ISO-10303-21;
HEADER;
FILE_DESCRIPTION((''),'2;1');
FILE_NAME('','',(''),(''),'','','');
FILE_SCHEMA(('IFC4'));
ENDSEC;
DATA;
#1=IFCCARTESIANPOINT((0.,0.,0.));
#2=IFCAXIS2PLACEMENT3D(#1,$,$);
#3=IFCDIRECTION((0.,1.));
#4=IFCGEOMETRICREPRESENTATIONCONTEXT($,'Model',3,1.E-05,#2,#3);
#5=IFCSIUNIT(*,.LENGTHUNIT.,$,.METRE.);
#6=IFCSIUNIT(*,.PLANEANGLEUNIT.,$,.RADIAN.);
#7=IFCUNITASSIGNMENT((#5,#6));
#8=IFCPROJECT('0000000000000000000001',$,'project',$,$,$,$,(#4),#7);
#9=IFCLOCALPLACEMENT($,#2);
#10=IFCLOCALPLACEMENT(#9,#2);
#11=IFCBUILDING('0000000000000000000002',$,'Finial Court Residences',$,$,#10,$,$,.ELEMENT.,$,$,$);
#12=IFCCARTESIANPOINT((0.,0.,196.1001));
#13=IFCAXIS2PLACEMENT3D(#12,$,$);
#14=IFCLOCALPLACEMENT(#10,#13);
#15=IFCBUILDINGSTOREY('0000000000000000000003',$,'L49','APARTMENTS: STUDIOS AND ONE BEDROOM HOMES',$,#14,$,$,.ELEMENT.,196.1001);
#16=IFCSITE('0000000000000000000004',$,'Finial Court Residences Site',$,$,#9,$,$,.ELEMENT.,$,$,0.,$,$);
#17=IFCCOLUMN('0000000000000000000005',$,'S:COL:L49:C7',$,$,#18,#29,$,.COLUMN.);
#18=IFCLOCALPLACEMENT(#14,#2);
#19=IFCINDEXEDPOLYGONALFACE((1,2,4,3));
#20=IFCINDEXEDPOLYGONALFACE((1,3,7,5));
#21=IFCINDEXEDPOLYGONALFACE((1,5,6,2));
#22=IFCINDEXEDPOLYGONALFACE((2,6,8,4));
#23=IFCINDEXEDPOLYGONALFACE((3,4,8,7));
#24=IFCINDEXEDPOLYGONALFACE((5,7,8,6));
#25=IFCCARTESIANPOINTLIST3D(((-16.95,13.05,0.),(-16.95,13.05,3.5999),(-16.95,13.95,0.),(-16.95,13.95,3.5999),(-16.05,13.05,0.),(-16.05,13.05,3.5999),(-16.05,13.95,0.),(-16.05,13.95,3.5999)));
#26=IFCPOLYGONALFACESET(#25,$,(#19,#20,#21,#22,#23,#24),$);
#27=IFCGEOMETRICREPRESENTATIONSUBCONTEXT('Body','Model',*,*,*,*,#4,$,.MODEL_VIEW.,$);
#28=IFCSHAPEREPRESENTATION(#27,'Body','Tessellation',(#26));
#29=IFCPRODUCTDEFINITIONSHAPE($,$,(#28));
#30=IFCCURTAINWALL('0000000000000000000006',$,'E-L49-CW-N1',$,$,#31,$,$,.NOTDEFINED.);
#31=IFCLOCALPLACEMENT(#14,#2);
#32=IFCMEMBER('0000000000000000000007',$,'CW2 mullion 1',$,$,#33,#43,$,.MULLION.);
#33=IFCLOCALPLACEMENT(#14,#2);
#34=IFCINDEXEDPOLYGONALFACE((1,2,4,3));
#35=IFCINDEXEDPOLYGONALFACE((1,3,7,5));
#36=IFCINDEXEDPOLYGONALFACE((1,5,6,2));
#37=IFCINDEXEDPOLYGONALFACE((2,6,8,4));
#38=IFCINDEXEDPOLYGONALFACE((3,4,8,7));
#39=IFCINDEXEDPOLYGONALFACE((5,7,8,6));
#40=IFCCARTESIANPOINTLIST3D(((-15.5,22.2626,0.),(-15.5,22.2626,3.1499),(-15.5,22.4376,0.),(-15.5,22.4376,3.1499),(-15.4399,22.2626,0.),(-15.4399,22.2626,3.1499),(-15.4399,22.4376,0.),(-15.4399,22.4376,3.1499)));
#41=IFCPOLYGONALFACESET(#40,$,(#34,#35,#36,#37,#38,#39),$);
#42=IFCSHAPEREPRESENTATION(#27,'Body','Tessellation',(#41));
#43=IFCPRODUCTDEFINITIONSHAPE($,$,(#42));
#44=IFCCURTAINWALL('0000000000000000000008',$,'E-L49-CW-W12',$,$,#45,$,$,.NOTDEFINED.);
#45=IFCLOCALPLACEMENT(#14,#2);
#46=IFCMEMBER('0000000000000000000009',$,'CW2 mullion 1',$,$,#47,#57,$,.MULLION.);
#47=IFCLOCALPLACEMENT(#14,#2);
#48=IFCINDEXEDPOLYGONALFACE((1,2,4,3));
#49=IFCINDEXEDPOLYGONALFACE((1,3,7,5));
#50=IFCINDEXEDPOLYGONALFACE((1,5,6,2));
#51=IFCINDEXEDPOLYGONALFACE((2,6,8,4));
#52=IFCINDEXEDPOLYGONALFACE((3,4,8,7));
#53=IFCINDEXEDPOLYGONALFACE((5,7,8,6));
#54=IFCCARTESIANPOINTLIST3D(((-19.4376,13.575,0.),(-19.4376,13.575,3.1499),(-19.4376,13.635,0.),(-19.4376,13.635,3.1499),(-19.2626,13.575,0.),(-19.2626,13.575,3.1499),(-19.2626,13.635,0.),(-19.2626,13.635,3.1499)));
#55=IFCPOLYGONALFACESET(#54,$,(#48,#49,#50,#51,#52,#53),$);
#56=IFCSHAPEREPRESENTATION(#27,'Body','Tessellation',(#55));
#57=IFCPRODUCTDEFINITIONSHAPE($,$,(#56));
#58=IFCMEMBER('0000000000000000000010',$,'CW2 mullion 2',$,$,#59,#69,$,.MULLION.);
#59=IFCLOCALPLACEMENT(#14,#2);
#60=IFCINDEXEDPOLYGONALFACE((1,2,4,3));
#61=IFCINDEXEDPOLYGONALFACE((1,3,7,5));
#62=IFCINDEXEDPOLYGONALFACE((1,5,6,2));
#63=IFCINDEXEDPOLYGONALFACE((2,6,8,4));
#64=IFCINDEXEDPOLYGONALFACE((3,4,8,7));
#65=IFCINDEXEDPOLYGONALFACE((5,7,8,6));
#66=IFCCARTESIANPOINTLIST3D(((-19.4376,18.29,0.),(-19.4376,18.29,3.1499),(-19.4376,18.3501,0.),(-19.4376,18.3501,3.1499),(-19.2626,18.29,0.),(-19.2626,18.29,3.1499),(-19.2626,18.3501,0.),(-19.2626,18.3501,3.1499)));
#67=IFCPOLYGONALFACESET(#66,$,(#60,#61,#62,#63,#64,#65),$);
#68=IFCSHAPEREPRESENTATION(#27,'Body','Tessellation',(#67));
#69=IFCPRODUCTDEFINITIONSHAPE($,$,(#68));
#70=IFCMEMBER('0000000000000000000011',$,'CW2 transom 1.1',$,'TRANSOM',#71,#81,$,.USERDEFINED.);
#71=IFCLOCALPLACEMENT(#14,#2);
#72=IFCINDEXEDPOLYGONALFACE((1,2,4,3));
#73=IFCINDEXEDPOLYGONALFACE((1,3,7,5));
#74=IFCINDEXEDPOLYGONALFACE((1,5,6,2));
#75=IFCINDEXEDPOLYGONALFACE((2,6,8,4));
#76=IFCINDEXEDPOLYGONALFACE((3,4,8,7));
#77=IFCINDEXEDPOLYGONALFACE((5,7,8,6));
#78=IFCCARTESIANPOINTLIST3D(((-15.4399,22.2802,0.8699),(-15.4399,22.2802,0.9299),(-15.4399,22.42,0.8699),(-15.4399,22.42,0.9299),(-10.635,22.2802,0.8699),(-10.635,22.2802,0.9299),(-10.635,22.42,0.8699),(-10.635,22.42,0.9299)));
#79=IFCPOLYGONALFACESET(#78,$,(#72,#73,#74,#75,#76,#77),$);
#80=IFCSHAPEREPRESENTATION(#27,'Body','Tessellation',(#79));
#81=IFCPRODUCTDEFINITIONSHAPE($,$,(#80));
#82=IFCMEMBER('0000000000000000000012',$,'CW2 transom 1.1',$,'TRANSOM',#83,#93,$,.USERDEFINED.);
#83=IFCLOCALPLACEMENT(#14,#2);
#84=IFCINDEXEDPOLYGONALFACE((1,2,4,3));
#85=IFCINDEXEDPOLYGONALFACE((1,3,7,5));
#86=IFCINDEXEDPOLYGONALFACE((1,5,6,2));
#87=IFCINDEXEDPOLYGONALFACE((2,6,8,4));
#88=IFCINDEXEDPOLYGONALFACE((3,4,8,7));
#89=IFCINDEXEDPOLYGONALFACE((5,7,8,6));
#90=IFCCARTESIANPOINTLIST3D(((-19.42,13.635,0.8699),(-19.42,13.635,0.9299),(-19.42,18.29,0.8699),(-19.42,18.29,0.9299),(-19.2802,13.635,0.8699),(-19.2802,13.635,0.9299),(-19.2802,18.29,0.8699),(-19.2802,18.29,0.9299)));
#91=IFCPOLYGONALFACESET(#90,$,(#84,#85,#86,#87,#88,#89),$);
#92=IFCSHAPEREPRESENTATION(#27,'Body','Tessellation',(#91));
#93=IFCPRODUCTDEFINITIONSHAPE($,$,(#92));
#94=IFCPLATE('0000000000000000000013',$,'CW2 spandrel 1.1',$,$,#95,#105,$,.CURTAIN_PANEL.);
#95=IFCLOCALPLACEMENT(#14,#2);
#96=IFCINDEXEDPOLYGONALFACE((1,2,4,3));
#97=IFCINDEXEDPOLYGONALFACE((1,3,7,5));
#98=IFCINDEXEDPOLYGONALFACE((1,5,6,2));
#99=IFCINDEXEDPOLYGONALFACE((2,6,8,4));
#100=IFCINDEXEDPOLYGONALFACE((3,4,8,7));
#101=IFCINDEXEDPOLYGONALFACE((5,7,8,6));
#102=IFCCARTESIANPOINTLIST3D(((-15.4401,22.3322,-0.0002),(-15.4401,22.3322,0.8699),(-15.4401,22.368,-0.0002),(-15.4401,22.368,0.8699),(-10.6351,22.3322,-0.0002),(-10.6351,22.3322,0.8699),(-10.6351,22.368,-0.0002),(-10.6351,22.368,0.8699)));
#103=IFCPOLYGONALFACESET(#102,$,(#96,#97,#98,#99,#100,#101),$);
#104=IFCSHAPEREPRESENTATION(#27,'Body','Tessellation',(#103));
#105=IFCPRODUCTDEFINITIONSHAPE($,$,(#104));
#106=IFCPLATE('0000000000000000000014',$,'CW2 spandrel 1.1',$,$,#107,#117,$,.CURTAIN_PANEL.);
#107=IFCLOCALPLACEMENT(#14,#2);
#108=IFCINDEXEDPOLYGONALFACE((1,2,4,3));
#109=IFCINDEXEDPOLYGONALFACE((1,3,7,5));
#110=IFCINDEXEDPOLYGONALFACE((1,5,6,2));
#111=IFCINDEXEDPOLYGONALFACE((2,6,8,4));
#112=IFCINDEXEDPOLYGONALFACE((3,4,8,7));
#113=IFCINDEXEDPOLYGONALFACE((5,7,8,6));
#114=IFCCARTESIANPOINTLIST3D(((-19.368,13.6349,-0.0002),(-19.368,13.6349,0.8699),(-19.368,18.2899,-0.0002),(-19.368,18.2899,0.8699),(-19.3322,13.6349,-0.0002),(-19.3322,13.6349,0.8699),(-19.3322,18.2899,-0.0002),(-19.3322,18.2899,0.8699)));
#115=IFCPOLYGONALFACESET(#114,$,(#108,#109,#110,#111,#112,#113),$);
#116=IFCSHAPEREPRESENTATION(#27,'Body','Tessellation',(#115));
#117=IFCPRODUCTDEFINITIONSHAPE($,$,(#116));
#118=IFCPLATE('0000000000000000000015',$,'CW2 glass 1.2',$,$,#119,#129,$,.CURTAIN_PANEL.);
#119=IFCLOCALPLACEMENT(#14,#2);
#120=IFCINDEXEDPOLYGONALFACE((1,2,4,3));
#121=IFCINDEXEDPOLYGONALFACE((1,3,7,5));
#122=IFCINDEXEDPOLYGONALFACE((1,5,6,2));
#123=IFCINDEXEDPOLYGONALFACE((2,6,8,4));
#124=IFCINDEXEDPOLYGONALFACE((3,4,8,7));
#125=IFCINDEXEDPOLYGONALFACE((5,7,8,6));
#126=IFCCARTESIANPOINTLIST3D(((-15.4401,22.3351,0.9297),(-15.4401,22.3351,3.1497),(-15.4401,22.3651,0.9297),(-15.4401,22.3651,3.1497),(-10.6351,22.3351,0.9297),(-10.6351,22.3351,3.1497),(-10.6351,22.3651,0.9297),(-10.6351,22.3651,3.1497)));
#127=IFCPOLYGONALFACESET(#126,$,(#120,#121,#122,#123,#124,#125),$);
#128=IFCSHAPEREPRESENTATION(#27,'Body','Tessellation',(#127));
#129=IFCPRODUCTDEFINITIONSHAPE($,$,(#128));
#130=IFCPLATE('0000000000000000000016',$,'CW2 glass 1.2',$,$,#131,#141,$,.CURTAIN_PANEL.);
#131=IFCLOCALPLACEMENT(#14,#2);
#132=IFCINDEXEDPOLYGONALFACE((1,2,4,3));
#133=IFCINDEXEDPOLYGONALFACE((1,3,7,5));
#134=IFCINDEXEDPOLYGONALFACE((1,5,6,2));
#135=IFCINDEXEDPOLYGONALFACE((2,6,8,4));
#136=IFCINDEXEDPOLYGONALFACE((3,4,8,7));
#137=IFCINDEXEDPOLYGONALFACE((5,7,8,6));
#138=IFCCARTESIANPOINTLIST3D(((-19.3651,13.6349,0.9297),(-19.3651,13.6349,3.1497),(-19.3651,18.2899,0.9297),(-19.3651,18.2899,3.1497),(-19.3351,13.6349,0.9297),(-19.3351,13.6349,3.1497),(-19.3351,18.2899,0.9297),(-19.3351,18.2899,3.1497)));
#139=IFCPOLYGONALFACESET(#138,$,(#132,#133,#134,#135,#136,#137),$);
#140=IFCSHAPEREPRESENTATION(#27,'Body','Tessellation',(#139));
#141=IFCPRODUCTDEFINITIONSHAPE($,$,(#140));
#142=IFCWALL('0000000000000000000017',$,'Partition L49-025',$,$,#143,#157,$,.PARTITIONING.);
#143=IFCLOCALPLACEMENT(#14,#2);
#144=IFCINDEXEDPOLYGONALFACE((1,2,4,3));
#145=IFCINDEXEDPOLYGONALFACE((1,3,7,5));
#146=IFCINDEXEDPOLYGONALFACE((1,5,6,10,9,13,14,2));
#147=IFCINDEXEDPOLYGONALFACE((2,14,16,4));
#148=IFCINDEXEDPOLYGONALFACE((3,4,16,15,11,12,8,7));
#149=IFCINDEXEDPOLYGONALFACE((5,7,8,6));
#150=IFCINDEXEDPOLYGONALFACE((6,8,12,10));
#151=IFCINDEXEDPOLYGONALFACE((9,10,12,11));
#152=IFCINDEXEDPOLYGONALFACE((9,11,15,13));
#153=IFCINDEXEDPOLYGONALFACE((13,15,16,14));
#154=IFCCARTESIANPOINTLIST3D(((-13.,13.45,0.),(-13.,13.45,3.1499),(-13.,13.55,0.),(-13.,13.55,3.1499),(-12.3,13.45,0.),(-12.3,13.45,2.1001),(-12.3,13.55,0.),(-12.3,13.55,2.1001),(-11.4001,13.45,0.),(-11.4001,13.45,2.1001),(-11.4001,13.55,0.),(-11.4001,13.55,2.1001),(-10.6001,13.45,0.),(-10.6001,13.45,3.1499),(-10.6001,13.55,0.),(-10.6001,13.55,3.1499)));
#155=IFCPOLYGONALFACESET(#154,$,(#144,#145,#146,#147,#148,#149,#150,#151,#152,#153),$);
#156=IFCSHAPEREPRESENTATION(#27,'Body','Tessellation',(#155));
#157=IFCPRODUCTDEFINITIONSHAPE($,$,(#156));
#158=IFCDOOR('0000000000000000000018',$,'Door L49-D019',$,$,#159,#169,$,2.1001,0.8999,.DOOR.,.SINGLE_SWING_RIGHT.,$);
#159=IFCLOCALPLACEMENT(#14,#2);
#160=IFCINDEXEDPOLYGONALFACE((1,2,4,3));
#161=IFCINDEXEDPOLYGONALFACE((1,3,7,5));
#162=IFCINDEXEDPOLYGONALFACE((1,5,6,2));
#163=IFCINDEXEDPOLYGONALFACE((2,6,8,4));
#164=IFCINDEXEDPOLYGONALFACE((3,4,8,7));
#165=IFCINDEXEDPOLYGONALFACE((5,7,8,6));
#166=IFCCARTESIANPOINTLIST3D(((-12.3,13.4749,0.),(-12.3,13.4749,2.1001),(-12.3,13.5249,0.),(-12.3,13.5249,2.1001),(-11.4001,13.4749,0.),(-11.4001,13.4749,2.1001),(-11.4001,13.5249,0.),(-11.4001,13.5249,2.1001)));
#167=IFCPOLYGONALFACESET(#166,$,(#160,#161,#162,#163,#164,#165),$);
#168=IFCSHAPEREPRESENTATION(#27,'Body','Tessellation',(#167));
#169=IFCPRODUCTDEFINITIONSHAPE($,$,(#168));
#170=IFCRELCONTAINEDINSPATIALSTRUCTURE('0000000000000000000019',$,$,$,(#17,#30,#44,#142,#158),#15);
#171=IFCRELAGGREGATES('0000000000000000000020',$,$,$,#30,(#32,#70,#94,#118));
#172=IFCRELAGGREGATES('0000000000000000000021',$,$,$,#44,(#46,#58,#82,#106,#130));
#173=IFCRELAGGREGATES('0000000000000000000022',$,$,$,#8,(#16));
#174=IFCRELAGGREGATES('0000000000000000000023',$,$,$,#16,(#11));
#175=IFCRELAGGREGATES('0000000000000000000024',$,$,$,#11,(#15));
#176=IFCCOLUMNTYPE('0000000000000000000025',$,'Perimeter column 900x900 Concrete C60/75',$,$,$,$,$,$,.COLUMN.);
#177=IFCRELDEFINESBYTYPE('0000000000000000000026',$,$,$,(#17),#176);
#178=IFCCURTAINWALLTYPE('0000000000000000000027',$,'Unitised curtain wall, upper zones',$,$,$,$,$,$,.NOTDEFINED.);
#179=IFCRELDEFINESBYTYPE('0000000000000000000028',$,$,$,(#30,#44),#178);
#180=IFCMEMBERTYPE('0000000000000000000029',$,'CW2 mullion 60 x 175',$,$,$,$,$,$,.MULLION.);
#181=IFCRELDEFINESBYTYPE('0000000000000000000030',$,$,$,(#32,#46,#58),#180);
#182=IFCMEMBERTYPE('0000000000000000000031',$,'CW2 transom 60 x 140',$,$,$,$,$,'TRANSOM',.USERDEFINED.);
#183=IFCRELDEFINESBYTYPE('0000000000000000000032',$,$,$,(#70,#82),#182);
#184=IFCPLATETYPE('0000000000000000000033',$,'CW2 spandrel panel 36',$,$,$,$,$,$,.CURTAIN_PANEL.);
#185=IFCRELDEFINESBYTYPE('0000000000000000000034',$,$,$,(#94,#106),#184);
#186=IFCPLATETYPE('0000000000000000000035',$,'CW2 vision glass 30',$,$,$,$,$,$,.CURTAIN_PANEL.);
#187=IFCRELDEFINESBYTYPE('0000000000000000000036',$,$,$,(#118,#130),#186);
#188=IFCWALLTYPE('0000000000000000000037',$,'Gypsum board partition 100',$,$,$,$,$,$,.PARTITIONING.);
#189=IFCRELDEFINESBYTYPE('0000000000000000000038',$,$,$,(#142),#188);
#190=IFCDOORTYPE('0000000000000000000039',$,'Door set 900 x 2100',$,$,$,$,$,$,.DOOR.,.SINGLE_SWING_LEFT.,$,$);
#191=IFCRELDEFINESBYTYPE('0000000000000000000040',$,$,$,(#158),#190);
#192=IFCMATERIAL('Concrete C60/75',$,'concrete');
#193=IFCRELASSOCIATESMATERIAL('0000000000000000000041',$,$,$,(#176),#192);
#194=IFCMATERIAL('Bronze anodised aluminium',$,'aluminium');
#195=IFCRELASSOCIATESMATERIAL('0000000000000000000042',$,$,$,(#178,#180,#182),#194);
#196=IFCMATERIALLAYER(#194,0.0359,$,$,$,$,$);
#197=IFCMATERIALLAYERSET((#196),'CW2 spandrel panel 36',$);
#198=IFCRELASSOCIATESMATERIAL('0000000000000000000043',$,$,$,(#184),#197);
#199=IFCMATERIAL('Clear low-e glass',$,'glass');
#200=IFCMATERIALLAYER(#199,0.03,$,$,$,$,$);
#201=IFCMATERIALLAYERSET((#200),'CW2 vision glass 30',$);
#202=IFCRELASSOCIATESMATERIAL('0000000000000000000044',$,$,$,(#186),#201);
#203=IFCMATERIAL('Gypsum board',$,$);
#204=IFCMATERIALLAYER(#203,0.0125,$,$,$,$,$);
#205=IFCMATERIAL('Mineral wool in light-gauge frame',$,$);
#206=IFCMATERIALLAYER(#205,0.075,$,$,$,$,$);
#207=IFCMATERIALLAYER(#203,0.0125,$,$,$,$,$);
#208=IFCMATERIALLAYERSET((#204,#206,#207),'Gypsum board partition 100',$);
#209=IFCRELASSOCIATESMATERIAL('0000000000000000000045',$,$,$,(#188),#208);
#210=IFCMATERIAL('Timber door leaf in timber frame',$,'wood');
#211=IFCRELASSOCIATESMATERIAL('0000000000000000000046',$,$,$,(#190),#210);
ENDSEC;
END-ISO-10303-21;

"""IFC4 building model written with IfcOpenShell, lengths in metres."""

from ifc_helpers import new_model, si_unit, direction, frame, frame_2d, origin, origin_2d, place, context, subcontext, project, spatial, rectangle, extrude, material, layer, layer_set, material_profile, profile_set, type_object, element, fill, aggregate, save


model = new_model("IFC4")

# Units and contexts
model_context = context("Model", 3, precision=1e-05, world=origin(), true_north=direction((0.0, 1.0)))
body_context = subcontext(model_context, "Body", "Model", "MODEL_VIEW")
ifc_project = project(units=[si_unit("LENGTHUNIT", "METRE"), si_unit("PLANEANGLEUNIT", "RADIAN")], contexts=[model_context])

# Site, building, storey
site_placement = place(None, origin())
site = spatial("IfcSite", under=ifc_project, at=site_placement, Name="Finial Court Residences Site", CompositionType="ELEMENT", RefElevation=0.0)
building_placement = place(site_placement, origin())
building = spatial("IfcBuilding", under=site, at=building_placement, Name="Finial Court Residences", CompositionType="ELEMENT")
storey_placement = place(building_placement, frame((0.0, 0.0, 196.1001)))
storey = spatial("IfcBuildingStorey", under=building, at=storey_placement, Name="L49", Description="APARTMENTS: STUDIOS AND ONE BEDROOM HOMES", CompositionType="ELEMENT", Elevation=196.1001)

# Column
ifc_material_1 = material(Name="Concrete C60/75", Category="concrete")
ifc_material_profile_1 = material_profile(ifc_material_1, rectangle(XDim=0.8999, YDim=0.8999, at=origin_2d()), Name="900x900")
ifc_profile_set_1 = profile_set([ifc_material_profile_1], Name="Concrete C60/75")
column_type = type_object("IfcColumnType", Name="Perimeter column 900x900 Concrete C60/75", PredefinedType="COLUMN", material=ifc_profile_set_1)
column_placement = place(storey_placement, frame((-16.5, 13.5, 0.0), z_axis=(0.0, 0.0, 1.0), x_axis=(1.0, 0.0, 0.0)))
element("IfcColumn", 1, at=column_placement, inside=storey, type_object=column_type, Name="S:COL:L49:C7", PredefinedType="COLUMN", context=body_context, shape_type="SweptSolid", body=[
    extrude(rectangle(XDim=0.8999, YDim=0.8999, at=origin_2d()), origin(), (0.0, 0.0, 1.0), 3.5999),
])

# Curtain wall, member
ifc_material_2 = material(Name="Bronze anodised aluminium", Category="aluminium")
curtain_wall_type = type_object("IfcCurtainWallType", Name="Unitised curtain wall, upper zones", PredefinedType="NOTDEFINED", material=ifc_material_2)
curtain_wall_1_placement = place(storey_placement, origin())
curtain_wall_1 = element("IfcCurtainWall", 2, at=curtain_wall_1_placement, inside=storey, type_object=curtain_wall_type, Name="E-L49-CW-N1", PredefinedType="NOTDEFINED")
ifc_material_profile_2 = material_profile(ifc_material_2, rectangle(XDim=0.175, YDim=0.0601, at=origin_2d()), Name="CW2 mullion 60 x 175")
ifc_profile_set_2 = profile_set([ifc_material_profile_2], Name="Bronze anodised aluminium")
member_type_1 = type_object("IfcMemberType", Name="CW2 mullion 60 x 175", PredefinedType="MULLION", material=ifc_profile_set_2)
member_1_placement = place(storey_placement, frame((-15.47, 22.3501, 0.0), z_axis=(0.0, 0.0, 1.0), x_axis=(0.0, 1.0, 0.0)))
member_1 = element("IfcMember", 3, at=member_1_placement, type_object=member_type_1, Name="CW2 mullion 1", PredefinedType="MULLION", context=body_context, shape_type="SweptSolid", body=[
    extrude(rectangle(XDim=0.175, YDim=0.0601, at=origin_2d()), origin(), (0.0, 0.0, 1.0), 3.1499),
])

# Curtain wall, members
curtain_wall_2_placement = place(storey_placement, origin())
curtain_wall_2 = element("IfcCurtainWall", 4, at=curtain_wall_2_placement, inside=storey, type_object=curtain_wall_type, Name="E-L49-CW-W12", PredefinedType="NOTDEFINED")
member_2_placement = place(storey_placement, frame((-19.3501, 13.605, 0.0), z_axis=(0.0, 0.0, 1.0), x_axis=(-1.0, 0.0, 0.0)))
member_2 = element("IfcMember", 5, at=member_2_placement, type_object=member_type_1, Name="CW2 mullion 1", PredefinedType="MULLION", context=body_context, shape_type="SweptSolid", body=[
    extrude(rectangle(XDim=0.175, YDim=0.0601, at=origin_2d()), origin(), (0.0, 0.0, 1.0), 3.1499),
])
member_3_placement = place(storey_placement, frame((-19.3501, 18.3201, 0.0), z_axis=(0.0, 0.0, 1.0), x_axis=(-1.0, 0.0, 0.0)))
member_3 = element("IfcMember", 6, at=member_3_placement, type_object=member_type_1, Name="CW2 mullion 2", PredefinedType="MULLION", context=body_context, shape_type="SweptSolid", body=[
    extrude(rectangle(XDim=0.175, YDim=0.0601, at=origin_2d()), origin(), (0.0, 0.0, 1.0), 3.1499),
])

# Members
ifc_material_profile_3 = material_profile(ifc_material_2, rectangle(XDim=0.1399, YDim=0.0601, at=origin_2d()), Name="CW2 transom 60 x 140")
ifc_profile_set_3 = profile_set([ifc_material_profile_3], Name="Bronze anodised aluminium")
member_type_2 = type_object("IfcMemberType", Name="CW2 transom 60 x 140", ElementType="TRANSOM", PredefinedType="USERDEFINED", material=ifc_profile_set_3)
member_4_placement = place(storey_placement, frame((-15.4399, 22.3501, 0.8999), z_axis=(1.0, 0.0, 0.0), x_axis=(0.0, 1.0, 0.0)))
member_4 = element("IfcMember", 7, at=member_4_placement, type_object=member_type_2, Name="CW2 transom 1.1", ObjectType="TRANSOM", PredefinedType="USERDEFINED", context=body_context, shape_type="SweptSolid", body=[
    extrude(rectangle(XDim=0.1399, YDim=0.0601, at=origin_2d()), origin(), (0.0, 0.0, 1.0), 4.8049),
])
member_5_placement = place(storey_placement, frame((-19.3501, 13.635, 0.8999), z_axis=(0.0, 1.0, 0.0), x_axis=(-1.0, 0.0, 0.0)))
member_5 = element("IfcMember", 8, at=member_5_placement, type_object=member_type_2, Name="CW2 transom 1.1", ObjectType="TRANSOM", PredefinedType="USERDEFINED", context=body_context, shape_type="SweptSolid", body=[
    extrude(rectangle(XDim=0.1399, YDim=0.0601, at=origin_2d()), origin(), (0.0, 0.0, 1.0), 4.655),
])

# Plates
ifc_layer_1 = layer(ifc_material_2, 0.0359)
ifc_layer_set_1 = layer_set([ifc_layer_1], Name="CW2 spandrel panel 36")
plate_type_1 = type_object("IfcPlateType", Name="CW2 spandrel panel 36", PredefinedType="CURTAIN_PANEL", material=ifc_layer_set_1)
plate_1_placement = place(storey_placement, frame((-13.0376, 22.3501, -0.0002), z_axis=(0.0, 0.0, 1.0), x_axis=(1.0, 0.0, 0.0)))
plate_1 = element("IfcPlate", 9, at=plate_1_placement, type_object=plate_type_1, Name="CW2 spandrel 1.1", PredefinedType="CURTAIN_PANEL", context=body_context, shape_type="SweptSolid", body=[
    extrude(rectangle(XDim=4.8049, YDim=0.0359, at=origin_2d()), origin(), (0.0, 0.0, 1.0), 0.8701),
])
plate_2_placement = place(storey_placement, frame((-19.3501, 15.9624, -0.0002), z_axis=(0.0, 0.0, 1.0), x_axis=(0.0, 1.0, 0.0)))
plate_2 = element("IfcPlate", 10, at=plate_2_placement, type_object=plate_type_1, Name="CW2 spandrel 1.1", PredefinedType="CURTAIN_PANEL", context=body_context, shape_type="SweptSolid", body=[
    extrude(rectangle(XDim=4.655, YDim=0.0359, at=origin_2d()), origin(), (0.0, 0.0, 1.0), 0.8701),
])
ifc_material_3 = material(Name="Clear low-e glass", Category="glass")
ifc_layer_2 = layer(ifc_material_3, 0.03)
ifc_layer_set_2 = layer_set([ifc_layer_2], Name="CW2 vision glass 30")
plate_type_2 = type_object("IfcPlateType", Name="CW2 vision glass 30", PredefinedType="CURTAIN_PANEL", material=ifc_layer_set_2)
plate_3_placement = place(storey_placement, frame((-13.0376, 22.3501, 0.9297), z_axis=(0.0, 0.0, 1.0), x_axis=(1.0, 0.0, 0.0)))
plate_3 = element("IfcPlate", 11, at=plate_3_placement, type_object=plate_type_2, Name="CW2 glass 1.2", PredefinedType="CURTAIN_PANEL", context=body_context, shape_type="SweptSolid", body=[
    extrude(rectangle(XDim=4.8049, YDim=0.03, at=origin_2d()), origin(), (0.0, 0.0, 1.0), 2.22),
])
aggregate(curtain_wall_1, [member_1, member_4, plate_1, plate_3])
plate_4_placement = place(storey_placement, frame((-19.3501, 15.9624, 0.9297), z_axis=(0.0, 0.0, 1.0), x_axis=(0.0, 1.0, 0.0)))
plate_4 = element("IfcPlate", 12, at=plate_4_placement, type_object=plate_type_2, Name="CW2 glass 1.2", PredefinedType="CURTAIN_PANEL", context=body_context, shape_type="SweptSolid", body=[
    extrude(rectangle(XDim=4.655, YDim=0.03, at=origin_2d()), origin(), (0.0, 0.0, 1.0), 2.22),
])
aggregate(curtain_wall_2, [member_2, member_3, member_5, plate_2, plate_4])

# Wall, opening, door
ifc_material_4 = material(Name="Gypsum board")
ifc_layer_3 = layer(ifc_material_4, 0.0125)
ifc_material_5 = material(Name="Mineral wool in light-gauge frame")
ifc_layer_4 = layer(ifc_material_5, 0.075)
ifc_layer_5 = layer(ifc_material_4, 0.0125)
ifc_layer_set_3 = layer_set([ifc_layer_3, ifc_layer_4, ifc_layer_5], Name="Gypsum board partition 100")
wall_type_1 = type_object("IfcWallType", Name="Gypsum board partition 100", PredefinedType="PARTITIONING", material=ifc_layer_set_3)
wall_1_placement = place(storey_placement, frame((-13.0, 13.5, 0.0), z_axis=(0.0, 0.0, 1.0), x_axis=(1.0, 0.0, 0.0)))
wall_1 = element("IfcWall", 13, at=wall_1_placement, inside=storey, type_object=wall_type_1, Name="Partition L49-025", PredefinedType="PARTITIONING", context=body_context, shape_type="SweptSolid", body=[
    extrude(rectangle(XDim=2.3999, YDim=0.1001, at=frame_2d((1.2, 0.0))), origin(), (0.0, 0.0, 1.0), 3.1499),
])
opening_1_placement = place(wall_1_placement, frame((0.7, 0.0, 0.0)))
opening_1 = element("IfcOpeningElement", 14, at=opening_1_placement, cuts=wall_1, PredefinedType="OPENING", context=body_context, shape_type="SweptSolid", body=[
    extrude(rectangle(XDim=0.8999, YDim=2.1001, at=frame_2d((0.45, 1.05))), frame((0.0, 0.0601, 0.0), z_axis=(0.0, -1.0, 0.0), x_axis=(1.0, 0.0, 0.0)), (0.0, 0.0, 1.0), 0.1201),
])
ifc_material_6 = material(Name="Timber door leaf in timber frame", Category="wood")
door_type = type_object("IfcDoorType", Name="Door set 900 x 2100", OperationType="SINGLE_SWING_LEFT", PredefinedType="DOOR", material=ifc_material_6)
door_placement = place(opening_1_placement, origin())
door = element("IfcDoor", 15, at=door_placement, inside=storey, type_object=door_type, Name="Door L49-D019", OperationType="SINGLE_SWING_RIGHT", OverallHeight=2.1001, OverallWidth=0.8999, PredefinedType="DOOR", context=body_context, shape_type="SweptSolid", body=[
    extrude(rectangle(XDim=0.8999, YDim=2.1001, at=frame_2d((0.45, 1.05))), frame((0.0, 0.0249, 0.0), z_axis=(0.0, -1.0, 0.0), x_axis=(1.0, 0.0, 0.0)), (0.0, 0.0, 1.0), 0.05),
])
fill(opening_1, door)

save(model, "model.ifc")
